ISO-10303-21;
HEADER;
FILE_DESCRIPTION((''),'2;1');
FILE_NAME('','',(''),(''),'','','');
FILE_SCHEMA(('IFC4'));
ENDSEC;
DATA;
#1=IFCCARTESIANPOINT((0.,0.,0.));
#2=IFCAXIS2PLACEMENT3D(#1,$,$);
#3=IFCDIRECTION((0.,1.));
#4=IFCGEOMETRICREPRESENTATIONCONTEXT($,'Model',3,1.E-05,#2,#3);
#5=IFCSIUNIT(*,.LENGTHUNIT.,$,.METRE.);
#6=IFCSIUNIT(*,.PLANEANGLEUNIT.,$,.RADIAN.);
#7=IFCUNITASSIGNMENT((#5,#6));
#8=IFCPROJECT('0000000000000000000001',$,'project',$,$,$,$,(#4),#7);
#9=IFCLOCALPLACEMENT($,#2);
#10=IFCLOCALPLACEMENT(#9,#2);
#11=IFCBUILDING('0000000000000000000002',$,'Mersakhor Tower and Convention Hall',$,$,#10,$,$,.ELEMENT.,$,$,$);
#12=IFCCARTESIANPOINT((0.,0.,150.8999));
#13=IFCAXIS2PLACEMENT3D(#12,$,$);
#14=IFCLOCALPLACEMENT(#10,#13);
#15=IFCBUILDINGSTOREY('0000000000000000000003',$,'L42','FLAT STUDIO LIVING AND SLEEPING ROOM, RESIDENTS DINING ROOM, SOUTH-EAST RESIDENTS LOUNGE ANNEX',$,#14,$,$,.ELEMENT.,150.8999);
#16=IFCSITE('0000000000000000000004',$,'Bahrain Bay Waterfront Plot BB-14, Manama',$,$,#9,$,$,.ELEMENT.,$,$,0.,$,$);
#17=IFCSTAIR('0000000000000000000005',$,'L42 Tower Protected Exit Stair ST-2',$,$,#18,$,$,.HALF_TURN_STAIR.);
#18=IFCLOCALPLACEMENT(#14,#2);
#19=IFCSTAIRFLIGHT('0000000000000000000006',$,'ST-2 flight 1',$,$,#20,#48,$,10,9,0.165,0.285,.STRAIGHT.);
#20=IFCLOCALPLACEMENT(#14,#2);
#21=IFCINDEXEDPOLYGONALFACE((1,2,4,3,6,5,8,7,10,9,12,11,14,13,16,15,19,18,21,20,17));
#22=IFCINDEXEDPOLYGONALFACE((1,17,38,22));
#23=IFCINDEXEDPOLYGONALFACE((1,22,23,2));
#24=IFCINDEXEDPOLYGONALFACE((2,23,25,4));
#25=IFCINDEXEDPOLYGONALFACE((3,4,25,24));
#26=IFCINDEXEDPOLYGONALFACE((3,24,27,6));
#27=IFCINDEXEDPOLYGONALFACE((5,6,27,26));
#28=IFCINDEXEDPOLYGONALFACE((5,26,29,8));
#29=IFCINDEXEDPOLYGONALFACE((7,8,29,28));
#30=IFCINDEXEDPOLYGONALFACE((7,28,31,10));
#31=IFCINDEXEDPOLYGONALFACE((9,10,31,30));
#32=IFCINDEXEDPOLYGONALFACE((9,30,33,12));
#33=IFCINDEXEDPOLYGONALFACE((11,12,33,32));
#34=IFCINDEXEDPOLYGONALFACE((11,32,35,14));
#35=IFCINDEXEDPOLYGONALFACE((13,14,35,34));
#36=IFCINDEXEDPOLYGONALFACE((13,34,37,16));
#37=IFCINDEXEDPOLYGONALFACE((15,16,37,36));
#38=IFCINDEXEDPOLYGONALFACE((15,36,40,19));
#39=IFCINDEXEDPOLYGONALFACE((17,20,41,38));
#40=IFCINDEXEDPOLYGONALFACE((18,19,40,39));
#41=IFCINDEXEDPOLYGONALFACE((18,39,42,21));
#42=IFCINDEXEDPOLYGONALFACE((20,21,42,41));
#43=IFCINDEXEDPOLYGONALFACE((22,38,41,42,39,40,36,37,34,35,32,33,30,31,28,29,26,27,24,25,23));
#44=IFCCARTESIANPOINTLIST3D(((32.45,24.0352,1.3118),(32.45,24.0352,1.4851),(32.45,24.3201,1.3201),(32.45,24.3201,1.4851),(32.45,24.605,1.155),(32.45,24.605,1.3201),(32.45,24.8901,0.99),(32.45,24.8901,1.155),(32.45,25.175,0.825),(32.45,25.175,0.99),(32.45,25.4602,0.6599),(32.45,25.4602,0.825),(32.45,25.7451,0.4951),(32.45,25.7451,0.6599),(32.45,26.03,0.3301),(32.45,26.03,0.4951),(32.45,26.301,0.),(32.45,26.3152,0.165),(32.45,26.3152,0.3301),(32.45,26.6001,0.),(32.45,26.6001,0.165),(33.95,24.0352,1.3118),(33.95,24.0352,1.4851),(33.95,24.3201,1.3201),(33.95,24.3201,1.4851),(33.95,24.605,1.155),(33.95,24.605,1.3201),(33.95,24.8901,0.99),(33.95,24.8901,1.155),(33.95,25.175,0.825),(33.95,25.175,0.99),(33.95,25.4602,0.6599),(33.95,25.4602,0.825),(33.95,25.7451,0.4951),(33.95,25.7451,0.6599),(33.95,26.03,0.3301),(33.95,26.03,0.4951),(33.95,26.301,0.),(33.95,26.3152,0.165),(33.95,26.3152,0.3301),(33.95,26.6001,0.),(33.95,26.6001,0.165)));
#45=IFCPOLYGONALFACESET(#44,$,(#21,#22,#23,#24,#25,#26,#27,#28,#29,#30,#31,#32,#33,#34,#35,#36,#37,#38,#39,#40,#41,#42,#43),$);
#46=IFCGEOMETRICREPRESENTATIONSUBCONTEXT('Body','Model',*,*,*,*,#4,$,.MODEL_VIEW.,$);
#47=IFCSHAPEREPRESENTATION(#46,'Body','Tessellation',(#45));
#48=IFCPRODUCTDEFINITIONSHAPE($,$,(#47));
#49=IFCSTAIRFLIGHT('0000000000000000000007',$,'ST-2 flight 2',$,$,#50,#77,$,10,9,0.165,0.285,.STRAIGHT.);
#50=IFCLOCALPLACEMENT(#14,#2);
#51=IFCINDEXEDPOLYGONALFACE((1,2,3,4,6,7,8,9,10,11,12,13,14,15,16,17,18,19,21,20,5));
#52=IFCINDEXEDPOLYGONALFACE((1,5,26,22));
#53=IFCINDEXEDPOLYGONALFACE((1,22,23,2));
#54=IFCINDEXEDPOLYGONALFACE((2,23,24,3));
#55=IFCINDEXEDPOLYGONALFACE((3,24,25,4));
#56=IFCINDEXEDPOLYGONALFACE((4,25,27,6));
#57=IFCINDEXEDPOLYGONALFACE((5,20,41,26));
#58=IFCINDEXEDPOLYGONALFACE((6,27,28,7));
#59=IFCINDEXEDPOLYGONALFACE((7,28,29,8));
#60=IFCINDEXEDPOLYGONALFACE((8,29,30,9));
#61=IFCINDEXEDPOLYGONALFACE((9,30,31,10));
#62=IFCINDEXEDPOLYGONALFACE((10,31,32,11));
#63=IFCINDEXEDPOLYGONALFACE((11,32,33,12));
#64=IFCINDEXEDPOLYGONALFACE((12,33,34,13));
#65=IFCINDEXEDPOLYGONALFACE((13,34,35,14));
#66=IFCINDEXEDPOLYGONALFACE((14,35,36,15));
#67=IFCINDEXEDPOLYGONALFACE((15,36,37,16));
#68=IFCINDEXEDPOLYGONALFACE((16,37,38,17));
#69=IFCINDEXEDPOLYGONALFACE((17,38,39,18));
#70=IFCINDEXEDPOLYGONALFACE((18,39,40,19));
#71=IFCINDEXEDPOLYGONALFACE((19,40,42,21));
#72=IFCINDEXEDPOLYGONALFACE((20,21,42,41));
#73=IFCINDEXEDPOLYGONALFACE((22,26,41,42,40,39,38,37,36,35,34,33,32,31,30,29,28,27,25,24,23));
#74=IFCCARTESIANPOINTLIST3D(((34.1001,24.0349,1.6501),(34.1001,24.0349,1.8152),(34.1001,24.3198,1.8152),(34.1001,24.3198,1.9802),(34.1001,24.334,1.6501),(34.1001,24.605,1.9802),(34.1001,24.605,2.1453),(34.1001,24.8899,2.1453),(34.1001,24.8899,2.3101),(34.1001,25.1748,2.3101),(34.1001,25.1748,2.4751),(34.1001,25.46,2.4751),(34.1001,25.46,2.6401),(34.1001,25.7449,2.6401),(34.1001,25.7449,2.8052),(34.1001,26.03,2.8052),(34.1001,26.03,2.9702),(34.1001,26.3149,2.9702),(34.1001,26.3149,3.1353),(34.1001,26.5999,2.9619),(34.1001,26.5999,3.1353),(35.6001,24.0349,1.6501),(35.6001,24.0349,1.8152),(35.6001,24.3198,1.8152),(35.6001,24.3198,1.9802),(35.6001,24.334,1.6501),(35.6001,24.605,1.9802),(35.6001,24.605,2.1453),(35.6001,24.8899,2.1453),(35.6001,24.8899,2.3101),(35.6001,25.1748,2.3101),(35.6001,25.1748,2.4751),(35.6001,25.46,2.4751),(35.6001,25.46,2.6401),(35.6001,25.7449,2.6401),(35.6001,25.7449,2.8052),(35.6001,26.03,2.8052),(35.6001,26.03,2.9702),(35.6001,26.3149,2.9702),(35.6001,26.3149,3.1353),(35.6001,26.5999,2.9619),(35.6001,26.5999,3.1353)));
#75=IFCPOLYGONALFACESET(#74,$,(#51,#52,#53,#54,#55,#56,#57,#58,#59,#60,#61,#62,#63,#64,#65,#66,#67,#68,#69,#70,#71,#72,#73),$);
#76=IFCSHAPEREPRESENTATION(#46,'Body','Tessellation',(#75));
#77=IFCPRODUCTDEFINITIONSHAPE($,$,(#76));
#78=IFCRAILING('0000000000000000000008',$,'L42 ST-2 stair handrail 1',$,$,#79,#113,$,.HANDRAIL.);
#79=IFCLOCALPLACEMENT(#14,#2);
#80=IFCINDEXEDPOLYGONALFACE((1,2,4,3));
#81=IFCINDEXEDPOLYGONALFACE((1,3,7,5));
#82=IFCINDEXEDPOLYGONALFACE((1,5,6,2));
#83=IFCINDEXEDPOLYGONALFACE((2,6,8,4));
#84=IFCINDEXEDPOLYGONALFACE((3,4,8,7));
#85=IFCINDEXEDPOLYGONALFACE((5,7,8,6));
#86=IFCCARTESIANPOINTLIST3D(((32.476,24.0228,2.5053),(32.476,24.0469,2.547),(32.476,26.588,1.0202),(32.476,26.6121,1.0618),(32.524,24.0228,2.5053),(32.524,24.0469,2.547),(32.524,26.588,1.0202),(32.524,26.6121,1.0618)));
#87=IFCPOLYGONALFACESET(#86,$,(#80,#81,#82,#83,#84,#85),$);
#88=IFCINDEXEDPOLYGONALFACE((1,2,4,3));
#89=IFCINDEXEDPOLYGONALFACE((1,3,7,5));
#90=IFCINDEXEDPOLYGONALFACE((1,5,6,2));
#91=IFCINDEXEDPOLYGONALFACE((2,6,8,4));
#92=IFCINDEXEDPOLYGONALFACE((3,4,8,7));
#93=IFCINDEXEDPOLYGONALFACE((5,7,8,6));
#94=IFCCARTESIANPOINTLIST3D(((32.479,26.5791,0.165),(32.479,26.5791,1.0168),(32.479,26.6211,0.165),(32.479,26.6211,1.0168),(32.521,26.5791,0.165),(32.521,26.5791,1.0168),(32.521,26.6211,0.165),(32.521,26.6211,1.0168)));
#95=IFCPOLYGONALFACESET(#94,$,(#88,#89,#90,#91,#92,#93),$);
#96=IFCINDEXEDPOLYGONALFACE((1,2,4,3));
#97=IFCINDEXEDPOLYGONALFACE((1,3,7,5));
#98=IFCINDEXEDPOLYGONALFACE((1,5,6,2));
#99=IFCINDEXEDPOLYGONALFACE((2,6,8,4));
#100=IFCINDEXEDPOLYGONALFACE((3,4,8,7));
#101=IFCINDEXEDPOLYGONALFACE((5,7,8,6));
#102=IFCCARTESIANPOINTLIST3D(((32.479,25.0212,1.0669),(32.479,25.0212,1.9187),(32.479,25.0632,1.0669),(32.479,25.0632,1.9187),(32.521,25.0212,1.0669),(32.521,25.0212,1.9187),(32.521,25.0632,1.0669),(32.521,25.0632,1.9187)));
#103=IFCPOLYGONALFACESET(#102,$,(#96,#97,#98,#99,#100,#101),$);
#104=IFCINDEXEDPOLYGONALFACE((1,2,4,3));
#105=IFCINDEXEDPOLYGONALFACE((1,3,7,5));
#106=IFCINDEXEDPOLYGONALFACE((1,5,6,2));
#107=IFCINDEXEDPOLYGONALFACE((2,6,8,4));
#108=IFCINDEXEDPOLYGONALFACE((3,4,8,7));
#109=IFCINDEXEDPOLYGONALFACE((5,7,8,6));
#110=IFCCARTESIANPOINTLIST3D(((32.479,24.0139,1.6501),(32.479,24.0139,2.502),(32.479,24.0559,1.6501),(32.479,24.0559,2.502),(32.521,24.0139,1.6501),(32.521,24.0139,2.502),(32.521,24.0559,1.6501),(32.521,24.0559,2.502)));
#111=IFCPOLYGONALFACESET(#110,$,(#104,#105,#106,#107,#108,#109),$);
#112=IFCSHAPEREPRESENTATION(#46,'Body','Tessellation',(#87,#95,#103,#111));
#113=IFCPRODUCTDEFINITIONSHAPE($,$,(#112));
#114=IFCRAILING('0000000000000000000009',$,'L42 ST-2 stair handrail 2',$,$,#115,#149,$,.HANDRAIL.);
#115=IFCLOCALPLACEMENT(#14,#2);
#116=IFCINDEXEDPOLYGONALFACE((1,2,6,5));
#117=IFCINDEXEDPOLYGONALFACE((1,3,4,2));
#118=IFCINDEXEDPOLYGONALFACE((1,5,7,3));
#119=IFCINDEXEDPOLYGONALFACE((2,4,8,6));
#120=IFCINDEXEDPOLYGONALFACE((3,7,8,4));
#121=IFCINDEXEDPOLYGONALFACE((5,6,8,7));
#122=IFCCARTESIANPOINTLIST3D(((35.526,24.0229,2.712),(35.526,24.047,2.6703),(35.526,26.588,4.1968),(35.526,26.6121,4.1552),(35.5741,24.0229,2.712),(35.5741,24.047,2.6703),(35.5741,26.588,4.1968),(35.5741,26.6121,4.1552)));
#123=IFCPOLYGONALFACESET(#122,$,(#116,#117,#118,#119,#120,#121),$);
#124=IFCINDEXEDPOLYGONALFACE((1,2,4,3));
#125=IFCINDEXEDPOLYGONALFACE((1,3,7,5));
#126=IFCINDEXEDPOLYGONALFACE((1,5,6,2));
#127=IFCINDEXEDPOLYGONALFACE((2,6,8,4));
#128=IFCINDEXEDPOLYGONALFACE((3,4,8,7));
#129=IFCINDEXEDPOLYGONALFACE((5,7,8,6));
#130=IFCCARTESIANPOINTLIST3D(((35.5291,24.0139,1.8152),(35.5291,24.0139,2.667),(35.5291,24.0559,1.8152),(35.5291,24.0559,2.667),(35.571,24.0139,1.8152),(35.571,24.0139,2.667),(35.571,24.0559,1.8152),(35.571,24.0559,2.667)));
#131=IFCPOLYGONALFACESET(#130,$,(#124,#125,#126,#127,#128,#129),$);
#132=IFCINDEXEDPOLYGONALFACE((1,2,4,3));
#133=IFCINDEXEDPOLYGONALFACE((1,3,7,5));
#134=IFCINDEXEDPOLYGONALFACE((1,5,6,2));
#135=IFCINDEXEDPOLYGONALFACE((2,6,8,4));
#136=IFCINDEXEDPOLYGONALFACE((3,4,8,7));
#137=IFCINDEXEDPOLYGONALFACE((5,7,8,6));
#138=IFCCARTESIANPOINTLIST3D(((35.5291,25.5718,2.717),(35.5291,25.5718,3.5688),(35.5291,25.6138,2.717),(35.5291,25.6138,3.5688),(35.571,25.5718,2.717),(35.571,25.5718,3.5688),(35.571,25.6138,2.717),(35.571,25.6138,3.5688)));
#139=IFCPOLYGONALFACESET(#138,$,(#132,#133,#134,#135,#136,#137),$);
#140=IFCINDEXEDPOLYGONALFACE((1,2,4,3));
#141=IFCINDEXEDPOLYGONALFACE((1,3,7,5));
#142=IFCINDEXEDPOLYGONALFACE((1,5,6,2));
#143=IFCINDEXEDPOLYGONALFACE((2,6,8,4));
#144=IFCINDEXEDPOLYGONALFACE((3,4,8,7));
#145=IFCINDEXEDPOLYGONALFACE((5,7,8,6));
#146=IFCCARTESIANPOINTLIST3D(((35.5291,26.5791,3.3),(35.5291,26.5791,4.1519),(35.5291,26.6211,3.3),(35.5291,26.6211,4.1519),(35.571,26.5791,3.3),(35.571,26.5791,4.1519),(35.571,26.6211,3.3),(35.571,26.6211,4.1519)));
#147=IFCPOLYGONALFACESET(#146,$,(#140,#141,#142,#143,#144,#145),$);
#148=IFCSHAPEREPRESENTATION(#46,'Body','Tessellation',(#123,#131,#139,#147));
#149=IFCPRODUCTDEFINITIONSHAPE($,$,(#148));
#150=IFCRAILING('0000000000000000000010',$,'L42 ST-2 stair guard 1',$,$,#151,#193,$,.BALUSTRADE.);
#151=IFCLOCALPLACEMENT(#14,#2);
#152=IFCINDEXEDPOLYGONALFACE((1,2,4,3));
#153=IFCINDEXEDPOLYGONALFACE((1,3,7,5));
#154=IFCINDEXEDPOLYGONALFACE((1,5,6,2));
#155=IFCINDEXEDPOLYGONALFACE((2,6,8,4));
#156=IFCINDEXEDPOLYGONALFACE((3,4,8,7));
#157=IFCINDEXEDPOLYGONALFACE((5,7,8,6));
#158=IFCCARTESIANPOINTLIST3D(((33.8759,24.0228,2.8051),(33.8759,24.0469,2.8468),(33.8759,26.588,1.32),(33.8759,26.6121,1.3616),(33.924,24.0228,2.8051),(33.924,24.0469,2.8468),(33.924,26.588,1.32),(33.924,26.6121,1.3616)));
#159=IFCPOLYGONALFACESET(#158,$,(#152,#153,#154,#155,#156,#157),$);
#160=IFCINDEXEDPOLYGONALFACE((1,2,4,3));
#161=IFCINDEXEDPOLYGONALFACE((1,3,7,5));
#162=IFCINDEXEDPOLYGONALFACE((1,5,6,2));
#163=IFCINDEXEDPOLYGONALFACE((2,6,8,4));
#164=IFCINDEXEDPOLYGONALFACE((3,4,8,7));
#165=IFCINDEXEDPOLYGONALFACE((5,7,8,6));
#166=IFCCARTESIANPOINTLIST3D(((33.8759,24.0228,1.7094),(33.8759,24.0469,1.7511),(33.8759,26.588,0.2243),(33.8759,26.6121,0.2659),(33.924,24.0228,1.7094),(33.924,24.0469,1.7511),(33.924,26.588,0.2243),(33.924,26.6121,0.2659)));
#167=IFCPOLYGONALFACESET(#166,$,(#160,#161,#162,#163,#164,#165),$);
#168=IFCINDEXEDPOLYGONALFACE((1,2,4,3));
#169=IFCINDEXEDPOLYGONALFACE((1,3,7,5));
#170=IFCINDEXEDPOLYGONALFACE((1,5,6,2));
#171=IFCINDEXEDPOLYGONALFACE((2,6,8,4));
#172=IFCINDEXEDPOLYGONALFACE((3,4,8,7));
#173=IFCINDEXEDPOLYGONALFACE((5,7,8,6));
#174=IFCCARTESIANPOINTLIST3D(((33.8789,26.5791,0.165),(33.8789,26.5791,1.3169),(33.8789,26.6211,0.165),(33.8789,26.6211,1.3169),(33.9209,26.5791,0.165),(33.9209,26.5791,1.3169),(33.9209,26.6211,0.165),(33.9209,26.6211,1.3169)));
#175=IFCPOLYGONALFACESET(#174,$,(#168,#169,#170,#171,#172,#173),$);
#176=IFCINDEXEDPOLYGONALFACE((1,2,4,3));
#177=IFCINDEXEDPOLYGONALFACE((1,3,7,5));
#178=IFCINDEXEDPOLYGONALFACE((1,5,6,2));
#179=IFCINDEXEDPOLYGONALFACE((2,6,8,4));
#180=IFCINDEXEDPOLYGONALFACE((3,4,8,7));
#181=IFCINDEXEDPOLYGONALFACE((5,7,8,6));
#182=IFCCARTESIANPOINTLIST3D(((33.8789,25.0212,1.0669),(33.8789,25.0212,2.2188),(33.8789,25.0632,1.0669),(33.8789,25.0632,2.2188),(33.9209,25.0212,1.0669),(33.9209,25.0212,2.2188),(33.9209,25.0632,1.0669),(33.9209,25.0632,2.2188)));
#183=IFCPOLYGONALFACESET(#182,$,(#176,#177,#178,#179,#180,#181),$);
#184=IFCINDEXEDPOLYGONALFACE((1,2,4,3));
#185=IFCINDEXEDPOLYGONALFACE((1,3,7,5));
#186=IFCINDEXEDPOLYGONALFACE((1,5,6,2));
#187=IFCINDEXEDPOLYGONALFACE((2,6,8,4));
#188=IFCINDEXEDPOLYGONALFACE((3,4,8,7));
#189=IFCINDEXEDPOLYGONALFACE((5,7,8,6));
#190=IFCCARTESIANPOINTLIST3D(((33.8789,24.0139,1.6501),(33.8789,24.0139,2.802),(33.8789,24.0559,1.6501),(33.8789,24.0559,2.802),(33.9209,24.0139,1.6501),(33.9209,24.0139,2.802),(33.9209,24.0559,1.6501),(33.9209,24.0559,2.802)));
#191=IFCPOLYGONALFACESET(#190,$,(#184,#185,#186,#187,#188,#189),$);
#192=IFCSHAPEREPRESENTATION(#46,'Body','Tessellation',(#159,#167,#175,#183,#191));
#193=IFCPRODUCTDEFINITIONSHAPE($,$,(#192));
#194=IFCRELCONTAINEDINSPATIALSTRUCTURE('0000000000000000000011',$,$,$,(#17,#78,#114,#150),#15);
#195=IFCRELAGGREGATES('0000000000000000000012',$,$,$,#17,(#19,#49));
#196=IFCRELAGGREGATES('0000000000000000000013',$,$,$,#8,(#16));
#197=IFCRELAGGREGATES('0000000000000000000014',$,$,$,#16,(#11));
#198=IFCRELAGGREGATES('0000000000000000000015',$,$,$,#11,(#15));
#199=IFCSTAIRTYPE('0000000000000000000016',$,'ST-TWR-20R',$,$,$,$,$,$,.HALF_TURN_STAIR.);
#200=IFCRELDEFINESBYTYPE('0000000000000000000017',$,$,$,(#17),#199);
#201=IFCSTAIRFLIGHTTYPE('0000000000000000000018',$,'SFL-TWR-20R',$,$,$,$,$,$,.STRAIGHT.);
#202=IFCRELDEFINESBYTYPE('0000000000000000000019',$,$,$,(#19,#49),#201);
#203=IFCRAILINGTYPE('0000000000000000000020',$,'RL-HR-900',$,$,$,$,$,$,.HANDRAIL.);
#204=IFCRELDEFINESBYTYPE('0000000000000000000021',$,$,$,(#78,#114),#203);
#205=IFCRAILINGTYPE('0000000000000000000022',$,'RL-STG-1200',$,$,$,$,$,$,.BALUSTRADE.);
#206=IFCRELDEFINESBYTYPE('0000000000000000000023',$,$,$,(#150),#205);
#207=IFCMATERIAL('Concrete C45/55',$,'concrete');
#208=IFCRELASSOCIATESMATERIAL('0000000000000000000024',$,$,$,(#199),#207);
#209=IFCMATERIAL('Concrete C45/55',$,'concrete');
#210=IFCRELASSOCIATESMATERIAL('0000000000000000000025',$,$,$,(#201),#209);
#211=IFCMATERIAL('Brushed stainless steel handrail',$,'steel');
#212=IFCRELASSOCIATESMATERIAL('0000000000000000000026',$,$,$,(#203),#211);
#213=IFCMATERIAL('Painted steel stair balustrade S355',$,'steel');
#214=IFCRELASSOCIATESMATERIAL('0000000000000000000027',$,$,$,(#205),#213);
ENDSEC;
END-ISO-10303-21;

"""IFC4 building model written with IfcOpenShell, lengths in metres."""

from ifc_helpers import new_model, si_unit, direction, frame, origin, origin_2d, place, context, subcontext, project, spatial, polyline, rectangle, outline, extrude, material, type_object, element, aggregate, save


model = new_model("IFC4")

# Units and contexts
model_context = context("Model", 3, precision=1e-05, world=origin(), true_north=direction((0.0, 1.0)))
body_context = subcontext(model_context, "Body", "Model", "MODEL_VIEW")
ifc_project = project(units=[si_unit("LENGTHUNIT", "METRE"), si_unit("PLANEANGLEUNIT", "RADIAN")], contexts=[model_context])

# Site, building, storey
site_placement = place(None, origin())
site = spatial("IfcSite", under=ifc_project, at=site_placement, Name="Bahrain Bay Waterfront Plot BB-14, Manama", CompositionType="ELEMENT", RefElevation=0.0)
building_placement = place(site_placement, origin())
building = spatial("IfcBuilding", under=site, at=building_placement, Name="Mersakhor Tower and Convention Hall", CompositionType="ELEMENT")
storey_placement = place(building_placement, frame((0.0, 0.0, 150.8999)))
storey = spatial("IfcBuildingStorey", under=building, at=storey_placement, Name="L42", Description="FLAT STUDIO LIVING AND SLEEPING ROOM, RESIDENTS DINING ROOM, SOUTH-EAST RESIDENTS LOUNGE ANNEX", CompositionType="ELEMENT", Elevation=150.8999)

# Stair, stair flights
ifc_material_1 = material(Name="Concrete C45/55", Category="concrete")
stair_type = type_object("IfcStairType", Name="ST-TWR-20R", PredefinedType="HALF_TURN_STAIR", material=ifc_material_1)
stair_placement = place(storey_placement, origin())
stair = element("IfcStair", 1, at=stair_placement, inside=storey, type_object=stair_type, Name="L42 Tower Protected Exit Stair ST-2", PredefinedType="HALF_TURN_STAIR")
ifc_material_2 = material(Name="Concrete C45/55", Category="concrete")
stair_flight_type = type_object("IfcStairFlightType", Name="SFL-TWR-20R", PredefinedType="STRAIGHT", material=ifc_material_2)
stair_flight_1_placement = place(storey_placement, frame((33.2, 26.6001, 0.0), z_axis=(0.0, 0.0, 1.0), x_axis=(0.0, -1.0, 0.0)))
stair_flight_1 = element("IfcStairFlight", 2, at=stair_flight_1_placement, type_object=stair_flight_type, Name="ST-2 flight 1", NumberOfRisers=10, NumberOfTreads=9, PredefinedType="STRAIGHT", RiserHeight=0.165, TreadLength=0.285, context=body_context, shape_type="SweptSolid", body=[
    extrude(outline(polyline([(0.0, 0.0), (0.0, 0.165), (0.2849, 0.165), (0.2849, 0.3301), (0.5701, 0.3301), (0.5701, 0.4951), (0.855, 0.4951), (0.855, 0.6599), (1.1399, 0.6599), (1.1399, 0.825), (1.425, 0.825), (1.425, 0.99), (1.71, 0.99), (1.71, 1.155), (1.9951, 1.155), (1.9951, 1.3201), (2.28, 1.3201), (2.28, 1.4851), (2.5649, 1.4851), (2.5649, 1.6499), (2.5649, 1.3118), (0.2991, 0.0), (0.0, 0.0)])), frame((0.0, 0.75, 0.0), z_axis=(0.0, -1.0, 0.0), x_axis=(1.0, 0.0, 0.0)), (0.0, 0.0, 1.0), 1.5),
])
stair_flight_2_placement = place(storey_placement, frame((34.8501, 24.0349, 1.6501), z_axis=(0.0, 0.0, 1.0), x_axis=(0.0, 1.0, 0.0)))
stair_flight_2 = element("IfcStairFlight", 3, at=stair_flight_2_placement, type_object=stair_flight_type, Name="ST-2 flight 2", NumberOfRisers=10, NumberOfTreads=9, PredefinedType="STRAIGHT", RiserHeight=0.165, TreadLength=0.285, context=body_context, shape_type="SweptSolid", body=[
    extrude(outline(polyline([(0.0, 0.0), (0.0, 0.165), (0.2849, 0.165), (0.2849, 0.3301), (0.5701, 0.3301), (0.5701, 0.4951), (0.855, 0.4951), (0.855, 0.6599), (1.1399, 0.6599), (1.1399, 0.825), (1.425, 0.825), (1.425, 0.99), (1.71, 0.99), (1.71, 1.155), (1.9951, 1.155), (1.9951, 1.3201), (2.28, 1.3201), (2.28, 1.4851), (2.5649, 1.4851), (2.5649, 1.6499), (2.5649, 1.3118), (0.2991, 0.0), (0.0, 0.0)])), frame((0.0, 0.75, 0.0), z_axis=(0.0, -1.0, 0.0), x_axis=(1.0, 0.0, 0.0)), (0.0, 0.0, 1.0), 1.5),
])
aggregate(stair, [stair_flight_1, stair_flight_2])

# Railings
ifc_material_3 = material(Name="Brushed stainless steel handrail", Category="steel")
railing_type_1 = type_object("IfcRailingType", Name="RL-HR-900", PredefinedType="HANDRAIL", material=ifc_material_3)
railing_1_placement = place(storey_placement, frame((32.5, 26.6001, 0.165)))
element("IfcRailing", 4, at=railing_1_placement, inside=storey, type_object=railing_type_1, Name="L42 ST-2 stair handrail 1", PredefinedType="HANDRAIL", context=body_context, shape_type="SweptSolid", body=[
    extrude(rectangle(XDim=0.0481, YDim=0.0481, at=origin_2d()), frame((0.0, 0.0, 0.876), z_axis=(0.0, -0.865426, 0.501036), x_axis=(1.0, 0.0, 0.0)), (0.0, 0.0, 1.0), 2.9641),
    extrude(rectangle(XDim=0.042, YDim=0.042, at=origin_2d()), origin(), (0.0, 0.0, 1.0), 0.8518),
    extrude(rectangle(XDim=0.042, YDim=0.042, at=origin_2d()), frame((0.0, -1.5579, 0.9019)), (0.0, 0.0, 1.0), 0.8518),
    extrude(rectangle(XDim=0.042, YDim=0.042, at=origin_2d()), frame((0.0, -2.5652, 1.4851)), (0.0, 0.0, 1.0), 0.8518),
])
railing_2_placement = place(storey_placement, frame((35.55, 24.0349, 1.8152)))
element("IfcRailing", 5, at=railing_2_placement, inside=storey, type_object=railing_type_1, Name="L42 ST-2 stair handrail 2", PredefinedType="HANDRAIL", context=body_context, shape_type="SweptSolid", body=[
    extrude(rectangle(XDim=0.0481, YDim=0.0481, at=origin_2d()), frame((0.0, 0.0, 0.876), z_axis=(0.0, 0.865462, 0.500975), x_axis=(-1.0, 0.0, 0.0)), (0.0, 0.0, 1.0), 2.9639),
    extrude(rectangle(XDim=0.042, YDim=0.042, at=origin_2d()), origin(), (0.0, 0.0, 1.0), 0.8518),
    extrude(rectangle(XDim=0.042, YDim=0.042, at=origin_2d()), frame((0.0, 1.5579, 0.9019)), (0.0, 0.0, 1.0), 0.8518),
    extrude(rectangle(XDim=0.042, YDim=0.042, at=origin_2d()), frame((0.0, 2.5652, 1.4849)), (0.0, 0.0, 1.0), 0.8518),
])
ifc_material_4 = material(Name="Painted steel stair balustrade S355", Category="steel")
railing_type_2 = type_object("IfcRailingType", Name="RL-STG-1200", PredefinedType="BALUSTRADE", material=ifc_material_4)
railing_3_placement = place(storey_placement, frame((33.8999, 26.6001, 0.165)))
element("IfcRailing", 6, at=railing_3_placement, inside=storey, type_object=railing_type_2, Name="L42 ST-2 stair guard 1", PredefinedType="BALUSTRADE", context=body_context, shape_type="SweptSolid", body=[
    extrude(rectangle(XDim=0.0481, YDim=0.0481, at=origin_2d()), frame((0.0, 0.0, 1.1758), z_axis=(0.0, -0.865426, 0.501036), x_axis=(1.0, 0.0, 0.0)), (0.0, 0.0, 1.0), 2.9641),
    extrude(rectangle(XDim=0.0481, YDim=0.0481, at=origin_2d()), frame((0.0, 0.0, 0.0801), z_axis=(0.0, -0.865426, 0.501036), x_axis=(1.0, 0.0, 0.0)), (0.0, 0.0, 1.0), 2.9641),
    extrude(rectangle(XDim=0.042, YDim=0.042, at=origin_2d()), origin(), (0.0, 0.0, 1.0), 1.1519),
    extrude(rectangle(XDim=0.042, YDim=0.042, at=origin_2d()), frame((0.0, -1.5579, 0.9019)), (0.0, 0.0, 1.0), 1.1519),
    extrude(rectangle(XDim=0.042, YDim=0.042, at=origin_2d()), frame((0.0, -2.5652, 1.4851)), (0.0, 0.0, 1.0), 1.1519),
])

save(model, "model.ifc")
